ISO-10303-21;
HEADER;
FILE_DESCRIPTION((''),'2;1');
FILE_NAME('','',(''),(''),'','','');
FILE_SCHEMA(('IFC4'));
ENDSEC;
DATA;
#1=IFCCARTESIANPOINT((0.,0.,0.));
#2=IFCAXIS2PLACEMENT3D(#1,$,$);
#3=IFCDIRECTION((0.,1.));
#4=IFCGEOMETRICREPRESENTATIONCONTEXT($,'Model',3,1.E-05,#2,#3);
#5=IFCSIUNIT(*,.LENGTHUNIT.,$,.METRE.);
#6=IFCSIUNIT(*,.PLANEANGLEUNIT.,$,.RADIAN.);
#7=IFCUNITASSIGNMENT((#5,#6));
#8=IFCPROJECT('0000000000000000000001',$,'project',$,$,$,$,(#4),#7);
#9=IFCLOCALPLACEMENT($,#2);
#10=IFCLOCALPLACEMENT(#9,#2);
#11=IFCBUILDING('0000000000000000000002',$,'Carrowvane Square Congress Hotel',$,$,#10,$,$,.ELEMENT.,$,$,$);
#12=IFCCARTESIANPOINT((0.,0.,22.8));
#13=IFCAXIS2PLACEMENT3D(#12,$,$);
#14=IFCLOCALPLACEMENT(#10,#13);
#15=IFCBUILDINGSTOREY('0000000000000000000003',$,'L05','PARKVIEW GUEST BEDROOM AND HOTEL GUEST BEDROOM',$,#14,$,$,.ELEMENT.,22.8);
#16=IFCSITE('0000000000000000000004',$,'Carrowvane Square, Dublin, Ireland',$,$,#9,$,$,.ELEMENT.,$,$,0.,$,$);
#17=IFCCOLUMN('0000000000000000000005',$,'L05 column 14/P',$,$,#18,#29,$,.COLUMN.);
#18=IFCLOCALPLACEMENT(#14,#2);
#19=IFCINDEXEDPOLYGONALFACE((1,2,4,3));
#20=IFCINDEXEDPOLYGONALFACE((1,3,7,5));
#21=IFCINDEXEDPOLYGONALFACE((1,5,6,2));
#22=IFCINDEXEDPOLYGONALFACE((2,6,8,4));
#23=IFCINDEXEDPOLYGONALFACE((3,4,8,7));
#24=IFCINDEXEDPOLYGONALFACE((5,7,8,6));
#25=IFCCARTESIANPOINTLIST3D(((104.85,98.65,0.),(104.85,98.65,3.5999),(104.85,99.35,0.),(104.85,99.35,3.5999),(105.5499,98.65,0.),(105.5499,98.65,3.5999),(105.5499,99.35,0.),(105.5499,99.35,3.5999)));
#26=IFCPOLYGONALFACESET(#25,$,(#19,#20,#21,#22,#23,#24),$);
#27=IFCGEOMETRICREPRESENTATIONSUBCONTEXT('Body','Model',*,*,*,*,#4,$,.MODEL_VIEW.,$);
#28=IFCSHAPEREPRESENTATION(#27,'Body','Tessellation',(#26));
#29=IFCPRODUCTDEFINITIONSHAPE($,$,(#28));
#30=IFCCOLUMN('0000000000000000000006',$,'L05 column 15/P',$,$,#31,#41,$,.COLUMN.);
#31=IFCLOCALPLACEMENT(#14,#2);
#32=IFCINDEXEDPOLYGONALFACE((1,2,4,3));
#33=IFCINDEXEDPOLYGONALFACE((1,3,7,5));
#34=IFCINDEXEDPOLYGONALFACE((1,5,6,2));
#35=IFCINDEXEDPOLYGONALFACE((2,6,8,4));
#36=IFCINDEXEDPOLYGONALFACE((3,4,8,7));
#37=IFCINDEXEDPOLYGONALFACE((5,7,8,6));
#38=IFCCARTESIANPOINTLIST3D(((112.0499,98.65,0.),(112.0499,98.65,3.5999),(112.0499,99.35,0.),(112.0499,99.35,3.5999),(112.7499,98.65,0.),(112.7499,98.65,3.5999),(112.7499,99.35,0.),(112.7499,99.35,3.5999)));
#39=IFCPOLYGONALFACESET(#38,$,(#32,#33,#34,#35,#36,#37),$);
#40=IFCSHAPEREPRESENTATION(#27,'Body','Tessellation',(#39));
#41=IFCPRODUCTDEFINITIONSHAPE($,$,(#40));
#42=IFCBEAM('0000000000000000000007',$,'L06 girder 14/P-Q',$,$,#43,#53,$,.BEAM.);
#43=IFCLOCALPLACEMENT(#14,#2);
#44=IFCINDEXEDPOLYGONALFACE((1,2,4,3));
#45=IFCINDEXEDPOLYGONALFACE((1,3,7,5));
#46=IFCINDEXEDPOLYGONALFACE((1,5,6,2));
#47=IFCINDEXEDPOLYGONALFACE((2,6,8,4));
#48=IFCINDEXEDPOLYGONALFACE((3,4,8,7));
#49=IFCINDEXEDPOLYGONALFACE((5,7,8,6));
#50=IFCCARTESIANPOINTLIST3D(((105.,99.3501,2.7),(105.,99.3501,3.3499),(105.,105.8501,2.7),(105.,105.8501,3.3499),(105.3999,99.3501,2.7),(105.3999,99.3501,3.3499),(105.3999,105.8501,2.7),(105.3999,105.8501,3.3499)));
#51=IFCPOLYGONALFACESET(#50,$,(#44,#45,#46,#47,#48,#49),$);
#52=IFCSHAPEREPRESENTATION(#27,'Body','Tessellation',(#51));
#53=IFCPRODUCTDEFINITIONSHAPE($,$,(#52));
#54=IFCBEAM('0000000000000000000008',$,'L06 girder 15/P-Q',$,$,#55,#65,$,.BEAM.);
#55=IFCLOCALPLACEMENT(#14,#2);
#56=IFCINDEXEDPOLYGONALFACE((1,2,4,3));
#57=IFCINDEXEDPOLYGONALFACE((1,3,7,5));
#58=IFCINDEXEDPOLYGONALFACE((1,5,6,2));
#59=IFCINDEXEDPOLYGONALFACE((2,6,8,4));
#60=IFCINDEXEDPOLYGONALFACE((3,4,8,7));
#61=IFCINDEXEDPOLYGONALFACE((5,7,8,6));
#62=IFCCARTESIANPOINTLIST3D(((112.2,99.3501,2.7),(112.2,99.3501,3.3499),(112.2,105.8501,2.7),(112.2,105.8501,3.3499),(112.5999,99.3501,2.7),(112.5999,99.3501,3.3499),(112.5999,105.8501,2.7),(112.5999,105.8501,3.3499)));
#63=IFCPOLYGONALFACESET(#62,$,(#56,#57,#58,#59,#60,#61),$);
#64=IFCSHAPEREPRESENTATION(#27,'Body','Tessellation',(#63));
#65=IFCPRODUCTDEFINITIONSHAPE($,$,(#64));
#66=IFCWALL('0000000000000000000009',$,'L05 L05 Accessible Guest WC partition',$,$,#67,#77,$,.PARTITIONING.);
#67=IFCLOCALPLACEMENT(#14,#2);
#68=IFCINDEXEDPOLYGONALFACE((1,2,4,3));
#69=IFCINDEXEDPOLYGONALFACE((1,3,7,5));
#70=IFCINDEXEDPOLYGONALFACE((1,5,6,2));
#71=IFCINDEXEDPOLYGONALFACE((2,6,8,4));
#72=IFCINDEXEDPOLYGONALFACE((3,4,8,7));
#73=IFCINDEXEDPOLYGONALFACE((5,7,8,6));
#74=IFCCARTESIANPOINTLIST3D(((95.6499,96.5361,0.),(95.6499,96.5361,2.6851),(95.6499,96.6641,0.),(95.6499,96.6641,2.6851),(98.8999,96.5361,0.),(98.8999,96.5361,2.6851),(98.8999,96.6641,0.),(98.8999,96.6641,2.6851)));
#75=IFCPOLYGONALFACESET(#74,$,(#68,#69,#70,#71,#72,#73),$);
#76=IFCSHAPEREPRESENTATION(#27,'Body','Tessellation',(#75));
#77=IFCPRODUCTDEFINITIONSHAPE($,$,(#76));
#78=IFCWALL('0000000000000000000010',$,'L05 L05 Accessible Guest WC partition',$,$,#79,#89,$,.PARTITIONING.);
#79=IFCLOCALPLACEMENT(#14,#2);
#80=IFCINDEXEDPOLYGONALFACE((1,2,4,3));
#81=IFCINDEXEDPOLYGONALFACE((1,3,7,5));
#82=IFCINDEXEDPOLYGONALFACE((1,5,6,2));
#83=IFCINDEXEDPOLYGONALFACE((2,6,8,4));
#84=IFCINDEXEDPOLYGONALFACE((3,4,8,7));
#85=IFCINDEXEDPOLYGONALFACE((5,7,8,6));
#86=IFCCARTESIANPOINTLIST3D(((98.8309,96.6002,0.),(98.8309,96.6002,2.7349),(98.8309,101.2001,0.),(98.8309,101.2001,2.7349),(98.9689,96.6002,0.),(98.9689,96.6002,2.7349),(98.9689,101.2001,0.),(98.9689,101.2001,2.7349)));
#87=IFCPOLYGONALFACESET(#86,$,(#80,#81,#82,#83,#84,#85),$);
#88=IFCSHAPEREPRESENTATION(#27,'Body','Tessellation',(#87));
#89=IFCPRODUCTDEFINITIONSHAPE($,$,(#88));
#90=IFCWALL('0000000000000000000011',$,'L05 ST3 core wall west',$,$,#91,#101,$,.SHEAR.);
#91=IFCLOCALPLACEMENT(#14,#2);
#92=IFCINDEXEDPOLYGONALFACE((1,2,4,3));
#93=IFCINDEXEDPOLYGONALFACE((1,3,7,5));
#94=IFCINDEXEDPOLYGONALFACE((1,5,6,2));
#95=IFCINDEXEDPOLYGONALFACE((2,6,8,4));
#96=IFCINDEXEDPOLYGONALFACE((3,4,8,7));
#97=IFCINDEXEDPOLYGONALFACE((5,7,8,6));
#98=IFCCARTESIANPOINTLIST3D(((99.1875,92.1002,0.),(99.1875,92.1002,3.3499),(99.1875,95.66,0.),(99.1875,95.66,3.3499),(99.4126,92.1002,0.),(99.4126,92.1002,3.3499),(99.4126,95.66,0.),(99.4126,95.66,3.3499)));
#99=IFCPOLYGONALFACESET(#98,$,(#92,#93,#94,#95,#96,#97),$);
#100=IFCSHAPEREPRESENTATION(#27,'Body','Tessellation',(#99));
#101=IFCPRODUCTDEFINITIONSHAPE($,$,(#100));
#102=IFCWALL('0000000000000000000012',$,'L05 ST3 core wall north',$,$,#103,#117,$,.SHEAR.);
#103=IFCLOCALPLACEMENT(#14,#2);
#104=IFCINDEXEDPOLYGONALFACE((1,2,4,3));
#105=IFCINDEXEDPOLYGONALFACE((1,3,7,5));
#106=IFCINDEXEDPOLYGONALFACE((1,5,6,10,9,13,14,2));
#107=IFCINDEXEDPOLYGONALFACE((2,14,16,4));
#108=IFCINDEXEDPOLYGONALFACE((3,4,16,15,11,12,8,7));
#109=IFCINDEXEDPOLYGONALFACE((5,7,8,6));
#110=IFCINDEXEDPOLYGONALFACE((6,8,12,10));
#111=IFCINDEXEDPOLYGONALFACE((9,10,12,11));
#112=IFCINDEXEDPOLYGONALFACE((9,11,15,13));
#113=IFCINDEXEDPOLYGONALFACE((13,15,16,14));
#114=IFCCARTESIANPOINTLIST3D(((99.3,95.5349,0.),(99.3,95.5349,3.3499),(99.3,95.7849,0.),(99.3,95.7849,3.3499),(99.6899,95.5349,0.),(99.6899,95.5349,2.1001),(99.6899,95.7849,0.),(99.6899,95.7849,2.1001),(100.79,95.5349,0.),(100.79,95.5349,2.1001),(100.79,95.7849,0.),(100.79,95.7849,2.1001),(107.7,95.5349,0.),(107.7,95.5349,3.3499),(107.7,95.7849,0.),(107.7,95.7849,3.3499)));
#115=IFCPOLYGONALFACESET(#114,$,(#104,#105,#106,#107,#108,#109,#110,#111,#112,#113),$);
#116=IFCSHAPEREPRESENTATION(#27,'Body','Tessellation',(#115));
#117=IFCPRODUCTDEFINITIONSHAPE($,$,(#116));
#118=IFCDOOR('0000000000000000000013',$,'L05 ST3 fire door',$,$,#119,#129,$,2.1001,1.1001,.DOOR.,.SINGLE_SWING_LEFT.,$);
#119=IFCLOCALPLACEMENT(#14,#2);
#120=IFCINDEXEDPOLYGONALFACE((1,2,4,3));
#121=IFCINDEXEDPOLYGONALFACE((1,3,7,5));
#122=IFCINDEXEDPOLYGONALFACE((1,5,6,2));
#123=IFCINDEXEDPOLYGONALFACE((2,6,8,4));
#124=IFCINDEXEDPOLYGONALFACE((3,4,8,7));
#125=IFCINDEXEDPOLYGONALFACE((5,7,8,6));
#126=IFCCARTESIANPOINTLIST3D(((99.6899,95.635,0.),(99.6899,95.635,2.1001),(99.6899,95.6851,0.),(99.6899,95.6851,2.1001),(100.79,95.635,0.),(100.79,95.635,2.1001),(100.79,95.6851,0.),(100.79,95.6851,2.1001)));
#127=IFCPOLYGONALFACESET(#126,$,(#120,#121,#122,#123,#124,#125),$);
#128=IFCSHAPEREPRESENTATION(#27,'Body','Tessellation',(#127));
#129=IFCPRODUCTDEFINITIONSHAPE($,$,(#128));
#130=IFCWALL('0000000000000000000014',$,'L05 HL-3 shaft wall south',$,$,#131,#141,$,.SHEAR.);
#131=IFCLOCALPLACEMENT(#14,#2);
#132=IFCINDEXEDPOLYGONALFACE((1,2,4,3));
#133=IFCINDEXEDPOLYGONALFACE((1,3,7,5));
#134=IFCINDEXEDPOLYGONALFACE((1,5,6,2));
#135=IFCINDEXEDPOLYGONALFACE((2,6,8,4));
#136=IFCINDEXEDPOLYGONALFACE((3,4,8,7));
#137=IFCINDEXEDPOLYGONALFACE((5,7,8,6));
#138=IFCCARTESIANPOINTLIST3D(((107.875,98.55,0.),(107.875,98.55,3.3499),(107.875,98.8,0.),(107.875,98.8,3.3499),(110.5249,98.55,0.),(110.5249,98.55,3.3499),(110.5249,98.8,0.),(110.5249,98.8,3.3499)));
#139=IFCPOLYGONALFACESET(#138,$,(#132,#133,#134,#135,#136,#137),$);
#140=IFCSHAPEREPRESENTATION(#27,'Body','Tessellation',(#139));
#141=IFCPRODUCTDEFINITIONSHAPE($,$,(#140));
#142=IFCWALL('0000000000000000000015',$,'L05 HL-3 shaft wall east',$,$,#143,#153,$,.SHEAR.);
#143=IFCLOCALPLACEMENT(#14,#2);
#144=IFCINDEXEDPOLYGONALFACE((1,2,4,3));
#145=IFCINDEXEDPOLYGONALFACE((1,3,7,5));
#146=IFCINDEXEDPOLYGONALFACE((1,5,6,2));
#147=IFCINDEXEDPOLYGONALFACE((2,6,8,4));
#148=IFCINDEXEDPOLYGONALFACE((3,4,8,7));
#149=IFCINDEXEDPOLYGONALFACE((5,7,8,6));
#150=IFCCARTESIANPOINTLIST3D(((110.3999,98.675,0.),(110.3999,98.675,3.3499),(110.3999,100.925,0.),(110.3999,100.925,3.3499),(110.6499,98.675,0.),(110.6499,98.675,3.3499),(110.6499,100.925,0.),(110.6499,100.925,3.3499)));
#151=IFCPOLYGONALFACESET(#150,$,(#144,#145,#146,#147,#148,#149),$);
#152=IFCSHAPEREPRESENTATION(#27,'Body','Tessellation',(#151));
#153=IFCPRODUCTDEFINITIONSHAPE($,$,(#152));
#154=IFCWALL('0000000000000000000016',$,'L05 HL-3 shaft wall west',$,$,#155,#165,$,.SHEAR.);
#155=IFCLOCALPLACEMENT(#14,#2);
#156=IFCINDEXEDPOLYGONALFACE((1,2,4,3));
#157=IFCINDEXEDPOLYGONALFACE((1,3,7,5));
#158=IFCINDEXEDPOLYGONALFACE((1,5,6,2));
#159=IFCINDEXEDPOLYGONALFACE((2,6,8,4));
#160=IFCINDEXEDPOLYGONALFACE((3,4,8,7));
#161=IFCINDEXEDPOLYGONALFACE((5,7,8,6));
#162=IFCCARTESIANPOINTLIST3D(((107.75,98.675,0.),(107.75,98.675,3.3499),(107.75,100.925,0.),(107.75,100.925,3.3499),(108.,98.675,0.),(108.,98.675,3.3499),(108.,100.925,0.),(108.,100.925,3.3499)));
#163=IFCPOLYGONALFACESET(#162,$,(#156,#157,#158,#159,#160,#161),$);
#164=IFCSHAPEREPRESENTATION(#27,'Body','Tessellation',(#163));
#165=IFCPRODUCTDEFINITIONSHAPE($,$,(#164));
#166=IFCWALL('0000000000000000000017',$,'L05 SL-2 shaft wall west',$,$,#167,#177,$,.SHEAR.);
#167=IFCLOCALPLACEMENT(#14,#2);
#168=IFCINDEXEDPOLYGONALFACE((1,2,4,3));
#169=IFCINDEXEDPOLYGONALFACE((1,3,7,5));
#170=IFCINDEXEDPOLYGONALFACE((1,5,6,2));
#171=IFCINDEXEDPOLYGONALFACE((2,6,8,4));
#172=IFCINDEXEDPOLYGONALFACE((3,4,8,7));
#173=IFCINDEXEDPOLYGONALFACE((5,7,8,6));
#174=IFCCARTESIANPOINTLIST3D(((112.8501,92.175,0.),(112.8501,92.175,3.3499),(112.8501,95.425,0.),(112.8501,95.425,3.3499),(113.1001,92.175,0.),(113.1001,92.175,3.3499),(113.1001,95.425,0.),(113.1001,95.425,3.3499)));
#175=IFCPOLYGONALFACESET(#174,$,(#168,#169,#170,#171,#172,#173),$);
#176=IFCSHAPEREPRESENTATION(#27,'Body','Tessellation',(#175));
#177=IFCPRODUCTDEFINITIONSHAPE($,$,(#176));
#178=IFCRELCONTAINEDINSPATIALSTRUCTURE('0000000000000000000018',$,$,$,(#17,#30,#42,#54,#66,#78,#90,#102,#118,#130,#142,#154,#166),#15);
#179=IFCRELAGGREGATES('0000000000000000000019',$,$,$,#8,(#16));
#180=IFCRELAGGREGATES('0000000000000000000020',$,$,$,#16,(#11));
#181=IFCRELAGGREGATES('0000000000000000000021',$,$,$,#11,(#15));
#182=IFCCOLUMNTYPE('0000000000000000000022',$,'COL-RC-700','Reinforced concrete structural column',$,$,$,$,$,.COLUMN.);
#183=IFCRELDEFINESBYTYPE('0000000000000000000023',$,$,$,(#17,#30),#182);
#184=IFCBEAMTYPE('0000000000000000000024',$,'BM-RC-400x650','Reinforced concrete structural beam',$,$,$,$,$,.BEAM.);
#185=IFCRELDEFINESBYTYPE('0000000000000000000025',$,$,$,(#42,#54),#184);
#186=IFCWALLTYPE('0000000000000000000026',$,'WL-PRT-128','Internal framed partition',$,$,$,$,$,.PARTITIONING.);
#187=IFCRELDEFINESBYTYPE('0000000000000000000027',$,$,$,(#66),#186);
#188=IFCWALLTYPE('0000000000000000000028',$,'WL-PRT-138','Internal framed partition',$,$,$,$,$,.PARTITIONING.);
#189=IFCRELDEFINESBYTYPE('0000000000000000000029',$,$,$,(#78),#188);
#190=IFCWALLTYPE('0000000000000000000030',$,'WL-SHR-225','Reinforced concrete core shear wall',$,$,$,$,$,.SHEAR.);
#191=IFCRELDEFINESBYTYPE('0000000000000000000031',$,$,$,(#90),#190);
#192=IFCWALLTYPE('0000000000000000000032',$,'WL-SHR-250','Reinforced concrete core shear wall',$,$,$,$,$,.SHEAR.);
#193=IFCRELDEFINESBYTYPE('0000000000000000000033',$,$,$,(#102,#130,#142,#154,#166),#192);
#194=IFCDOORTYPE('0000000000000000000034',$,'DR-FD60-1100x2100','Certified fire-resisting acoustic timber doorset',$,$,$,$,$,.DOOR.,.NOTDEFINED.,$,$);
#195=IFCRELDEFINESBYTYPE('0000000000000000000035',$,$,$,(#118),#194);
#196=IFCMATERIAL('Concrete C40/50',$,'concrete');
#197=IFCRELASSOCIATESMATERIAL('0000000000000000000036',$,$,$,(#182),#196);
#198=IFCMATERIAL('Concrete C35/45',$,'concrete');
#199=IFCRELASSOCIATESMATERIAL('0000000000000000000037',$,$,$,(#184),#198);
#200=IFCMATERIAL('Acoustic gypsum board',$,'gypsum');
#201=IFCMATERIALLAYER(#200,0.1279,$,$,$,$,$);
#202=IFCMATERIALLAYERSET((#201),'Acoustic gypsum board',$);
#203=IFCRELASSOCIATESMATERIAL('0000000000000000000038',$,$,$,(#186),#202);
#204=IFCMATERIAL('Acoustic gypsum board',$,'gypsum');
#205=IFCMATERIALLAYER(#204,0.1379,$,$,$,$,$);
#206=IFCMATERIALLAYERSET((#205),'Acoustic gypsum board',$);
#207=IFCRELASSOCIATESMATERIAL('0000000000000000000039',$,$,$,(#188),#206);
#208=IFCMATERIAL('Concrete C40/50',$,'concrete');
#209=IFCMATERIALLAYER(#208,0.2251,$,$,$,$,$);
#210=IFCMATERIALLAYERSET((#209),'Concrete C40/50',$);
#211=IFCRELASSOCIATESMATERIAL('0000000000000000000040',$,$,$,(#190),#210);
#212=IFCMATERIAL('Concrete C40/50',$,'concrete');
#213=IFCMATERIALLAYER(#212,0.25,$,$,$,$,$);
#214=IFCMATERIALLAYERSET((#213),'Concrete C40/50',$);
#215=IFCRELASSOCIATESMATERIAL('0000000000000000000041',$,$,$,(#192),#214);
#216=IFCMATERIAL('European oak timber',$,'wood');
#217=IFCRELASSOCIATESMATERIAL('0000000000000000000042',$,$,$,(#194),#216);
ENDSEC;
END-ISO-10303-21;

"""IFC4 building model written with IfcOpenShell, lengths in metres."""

from ifc_helpers import new_model, si_unit, direction, frame, frame_2d, origin, origin_2d, place, context, subcontext, project, spatial, rectangle, extrude, material, layer, layer_set, material_profile, profile_set, type_object, element, fill, save


model = new_model("IFC4")

# Units and contexts
model_context = context("Model", 3, precision=1e-05, world=origin(), true_north=direction((0.0, 1.0)))
body_context = subcontext(model_context, "Body", "Model", "MODEL_VIEW")
ifc_project = project(units=[si_unit("LENGTHUNIT", "METRE"), si_unit("PLANEANGLEUNIT", "RADIAN")], contexts=[model_context])

# Site, building, storey
site_placement = place(None, origin())
site = spatial("IfcSite", under=ifc_project, at=site_placement, Name="Carrowvane Square, Dublin, Ireland", CompositionType="ELEMENT", RefElevation=0.0)
building_placement = place(site_placement, origin())
building = spatial("IfcBuilding", under=site, at=building_placement, Name="Carrowvane Square Congress Hotel", CompositionType="ELEMENT")
storey_placement = place(building_placement, frame((0.0, 0.0, 22.8)))
storey = spatial("IfcBuildingStorey", under=building, at=storey_placement, Name="L05", Description="PARKVIEW GUEST BEDROOM AND HOTEL GUEST BEDROOM", CompositionType="ELEMENT", Elevation=22.8)

# Columns
ifc_material_1 = material(Name="Concrete C40/50", Category="concrete")
ifc_material_profile_1 = material_profile(ifc_material_1, rectangle(XDim=0.7, YDim=0.7, at=origin_2d()), Name="RC 700x700")
ifc_profile_set_1 = profile_set([ifc_material_profile_1], Name="Concrete C40/50")
column_type = type_object("IfcColumnType", Name="COL-RC-700", Description="Reinforced concrete structural column", PredefinedType="COLUMN", material=ifc_profile_set_1)
for number, where, z_axis, x_axis, name in (
    (1, (105.2, 99.0, 0.0), (0.0, 0.0, 1.0), (1.0, 0.0, 0.0), "L05 column 14/P"),
    (2, (112.3999, 99.0, 0.0), (0.0, 0.0, 1.0), (1.0, 0.0, 0.0), "L05 column 15/P"),
):
    element("IfcColumn", number, at=place(storey_placement, frame(where, z_axis=z_axis, x_axis=x_axis)), inside=storey, type_object=column_type, Name=name, PredefinedType="COLUMN", context=body_context, shape_type="SweptSolid", body=[
        extrude(rectangle(XDim=0.7, YDim=0.7, at=origin_2d()), origin(), (0.0, 0.0, 1.0), 3.5999),
    ])

# Beams
ifc_material_2 = material(Name="Concrete C35/45", Category="concrete")
ifc_material_profile_2 = material_profile(ifc_material_2, rectangle(XDim=0.3999, YDim=0.6499, at=origin_2d()), Name="RC 400x650")
ifc_profile_set_2 = profile_set([ifc_material_profile_2], Name="Concrete C35/45")
beam_type = type_object("IfcBeamType", Name="BM-RC-400x650", Description="Reinforced concrete structural beam", PredefinedType="BEAM", material=ifc_profile_set_2)
for number, where, z_axis, x_axis, name in (
    (3, (105.2, 99.3501, 3.0249), (0.0, 1.0, 0.0), (-1.0, 0.0, 0.0), "L06 girder 14/P-Q"),
    (4, (112.3999, 99.3501, 3.0249), (0.0, 1.0, 0.0), (-1.0, 0.0, 0.0), "L06 girder 15/P-Q"),
):
    element("IfcBeam", number, at=place(storey_placement, frame(where, z_axis=z_axis, x_axis=x_axis)), inside=storey, type_object=beam_type, Name=name, PredefinedType="BEAM", context=body_context, shape_type="SweptSolid", body=[
        extrude(rectangle(XDim=0.3999, YDim=0.6499, at=origin_2d()), origin(), (0.0, 0.0, 1.0), 6.5),
    ])

# Walls
ifc_material_3 = material(Name="Acoustic gypsum board", Category="gypsum")
ifc_layer_1 = layer(ifc_material_3, 0.1279)
ifc_layer_set_1 = layer_set([ifc_layer_1], Name="Acoustic gypsum board")
wall_type_1 = type_object("IfcWallType", Name="WL-PRT-128", Description="Internal framed partition", PredefinedType="PARTITIONING", material=ifc_layer_set_1)
wall_1_placement = place(storey_placement, frame((98.8999, 96.6001, 0.0), z_axis=(0.0, 0.0, 1.0), x_axis=(-1.0, 0.0, 0.0)))
element("IfcWall", 5, at=wall_1_placement, inside=storey, type_object=wall_type_1, Name="L05 L05 Accessible Guest WC partition", PredefinedType="PARTITIONING", context=body_context, shape_type="SweptSolid", body=[
    extrude(rectangle(XDim=3.25, YDim=0.1279, at=frame_2d((1.625, 0.0))), origin(), (0.0, 0.0, 1.0), 2.6851),
])
ifc_material_4 = material(Name="Acoustic gypsum board", Category="gypsum")
ifc_layer_2 = layer(ifc_material_4, 0.1379)
ifc_layer_set_2 = layer_set([ifc_layer_2], Name="Acoustic gypsum board")
wall_type_2 = type_object("IfcWallType", Name="WL-PRT-138", Description="Internal framed partition", PredefinedType="PARTITIONING", material=ifc_layer_set_2)
wall_2_placement = place(storey_placement, frame((98.8999, 101.2, 0.0), z_axis=(0.0, 0.0, 1.0), x_axis=(0.0, -1.0, 0.0)))
element("IfcWall", 6, at=wall_2_placement, inside=storey, type_object=wall_type_2, Name="L05 L05 Accessible Guest WC partition", PredefinedType="PARTITIONING", context=body_context, shape_type="SweptSolid", body=[
    extrude(rectangle(XDim=4.5999, YDim=0.1379, at=frame_2d((2.2998, 0.0))), origin(), (0.0, 0.0, 1.0), 2.7349),
])
ifc_material_5 = material(Name="Concrete C40/50", Category="concrete")
ifc_layer_3 = layer(ifc_material_5, 0.2251)
ifc_layer_set_3 = layer_set([ifc_layer_3], Name="Concrete C40/50")
wall_type_3 = type_object("IfcWallType", Name="WL-SHR-225", Description="Reinforced concrete core shear wall", PredefinedType="SHEAR", material=ifc_layer_set_3)
wall_3_placement = place(storey_placement, frame((99.3, 95.6599, 0.0), z_axis=(0.0, 0.0, 1.0), x_axis=(0.0, -1.0, 0.0)))
element("IfcWall", 7, at=wall_3_placement, inside=storey, type_object=wall_type_3, Name="L05 ST3 core wall west", PredefinedType="SHEAR", context=body_context, shape_type="SweptSolid", body=[
    extrude(rectangle(XDim=3.5598, YDim=0.2251, at=frame_2d((1.7798, 0.0))), origin(), (0.0, 0.0, 1.0), 3.3499),
])

# Wall, opening, door
ifc_material_6 = material(Name="Concrete C40/50", Category="concrete")
ifc_layer_4 = layer(ifc_material_6, 0.25)
ifc_layer_set_4 = layer_set([ifc_layer_4], Name="Concrete C40/50")
wall_type_4 = type_object("IfcWallType", Name="WL-SHR-250", Description="Reinforced concrete core shear wall", PredefinedType="SHEAR", material=ifc_layer_set_4)
wall_4_placement = place(storey_placement, frame((107.7, 95.6599, 0.0), z_axis=(0.0, 0.0, 1.0), x_axis=(-1.0, 0.0, 0.0)))
wall_4 = element("IfcWall", 8, at=wall_4_placement, inside=storey, type_object=wall_type_4, Name="L05 ST3 core wall north", PredefinedType="SHEAR", context=body_context, shape_type="SweptSolid", body=[
    extrude(rectangle(XDim=8.3999, YDim=0.25, at=frame_2d((4.2, 0.0))), origin(), (0.0, 0.0, 1.0), 3.3499),
])
opening_1_placement = place(wall_4_placement, frame((6.9099, 0.0, 0.0)))
opening_1 = element("IfcOpeningElement", 9, at=opening_1_placement, cuts=wall_4, PredefinedType="OPENING", context=body_context, shape_type="SweptSolid", body=[
    extrude(rectangle(XDim=1.1001, YDim=2.1001, at=frame_2d((0.55, 1.05))), frame((0.0, 0.135, 0.0), z_axis=(0.0, -1.0, 0.0), x_axis=(1.0, 0.0, 0.0)), (0.0, 0.0, 1.0), 0.27),
])
ifc_material_7 = material(Name="European oak timber", Category="wood")
door_type_1 = type_object("IfcDoorType", Name="DR-FD60-1100x2100", Description="Certified fire-resisting acoustic timber doorset", OperationType="NOTDEFINED", PredefinedType="DOOR", material=ifc_material_7)
door_1_placement = place(opening_1_placement, origin())
door_1 = element("IfcDoor", 10, at=door_1_placement, inside=storey, type_object=door_type_1, Name="L05 ST3 fire door", OperationType="SINGLE_SWING_LEFT", OverallHeight=2.1001, OverallWidth=1.1001, PredefinedType="DOOR", context=body_context, shape_type="SweptSolid", body=[
    extrude(rectangle(XDim=1.1001, YDim=2.1001, at=frame_2d((0.55, 1.05))), frame((0.0, 0.0249, 0.0), z_axis=(0.0, -1.0, 0.0), x_axis=(1.0, 0.0, 0.0)), (0.0, 0.0, 1.0), 0.05),
])
fill(opening_1, door_1)

# Walls
wall_5_placement = place(storey_placement, frame((107.875, 98.675, 0.0), z_axis=(0.0, 0.0, 1.0), x_axis=(1.0, 0.0, 0.0)))
element("IfcWall", 11, at=wall_5_placement, inside=storey, type_object=wall_type_4, Name="L05 HL-3 shaft wall south", PredefinedType="SHEAR", context=body_context, shape_type="SweptSolid", body=[
    extrude(rectangle(XDim=2.6499, YDim=0.25, at=frame_2d((1.325, 0.0))), origin(), (0.0, 0.0, 1.0), 3.3499),
])
wall_6_placement = place(storey_placement, frame((110.5249, 98.675, 0.0), z_axis=(0.0, 0.0, 1.0), x_axis=(0.0, 1.0, 0.0)))
element("IfcWall", 12, at=wall_6_placement, inside=storey, type_object=wall_type_4, Name="L05 HL-3 shaft wall east", PredefinedType="SHEAR", context=body_context, shape_type="SweptSolid", body=[
    extrude(rectangle(XDim=2.25, YDim=0.25, at=frame_2d((1.125, 0.0))), origin(), (0.0, 0.0, 1.0), 3.3499),
])

# Walls
wall_7_placement = place(storey_placement, frame((107.875, 100.925, 0.0), z_axis=(0.0, 0.0, 1.0), x_axis=(0.0, -1.0, 0.0)))
element("IfcWall", 13, at=wall_7_placement, inside=storey, type_object=wall_type_4, Name="L05 HL-3 shaft wall west", PredefinedType="SHEAR", context=body_context, shape_type="SweptSolid", body=[
    extrude(rectangle(XDim=2.25, YDim=0.25, at=frame_2d((1.125, 0.0))), origin(), (0.0, 0.0, 1.0), 3.3499),
])
wall_8_placement = place(storey_placement, frame((112.9751, 95.425, 0.0), z_axis=(0.0, 0.0, 1.0), x_axis=(0.0, -1.0, 0.0)))
element("IfcWall", 14, at=wall_8_placement, inside=storey, type_object=wall_type_4, Name="L05 SL-2 shaft wall west", PredefinedType="SHEAR", context=body_context, shape_type="SweptSolid", body=[
    extrude(rectangle(XDim=3.25, YDim=0.25, at=frame_2d((1.625, 0.0))), origin(), (0.0, 0.0, 1.0), 3.3499),
])

save(model, "model.ifc")
